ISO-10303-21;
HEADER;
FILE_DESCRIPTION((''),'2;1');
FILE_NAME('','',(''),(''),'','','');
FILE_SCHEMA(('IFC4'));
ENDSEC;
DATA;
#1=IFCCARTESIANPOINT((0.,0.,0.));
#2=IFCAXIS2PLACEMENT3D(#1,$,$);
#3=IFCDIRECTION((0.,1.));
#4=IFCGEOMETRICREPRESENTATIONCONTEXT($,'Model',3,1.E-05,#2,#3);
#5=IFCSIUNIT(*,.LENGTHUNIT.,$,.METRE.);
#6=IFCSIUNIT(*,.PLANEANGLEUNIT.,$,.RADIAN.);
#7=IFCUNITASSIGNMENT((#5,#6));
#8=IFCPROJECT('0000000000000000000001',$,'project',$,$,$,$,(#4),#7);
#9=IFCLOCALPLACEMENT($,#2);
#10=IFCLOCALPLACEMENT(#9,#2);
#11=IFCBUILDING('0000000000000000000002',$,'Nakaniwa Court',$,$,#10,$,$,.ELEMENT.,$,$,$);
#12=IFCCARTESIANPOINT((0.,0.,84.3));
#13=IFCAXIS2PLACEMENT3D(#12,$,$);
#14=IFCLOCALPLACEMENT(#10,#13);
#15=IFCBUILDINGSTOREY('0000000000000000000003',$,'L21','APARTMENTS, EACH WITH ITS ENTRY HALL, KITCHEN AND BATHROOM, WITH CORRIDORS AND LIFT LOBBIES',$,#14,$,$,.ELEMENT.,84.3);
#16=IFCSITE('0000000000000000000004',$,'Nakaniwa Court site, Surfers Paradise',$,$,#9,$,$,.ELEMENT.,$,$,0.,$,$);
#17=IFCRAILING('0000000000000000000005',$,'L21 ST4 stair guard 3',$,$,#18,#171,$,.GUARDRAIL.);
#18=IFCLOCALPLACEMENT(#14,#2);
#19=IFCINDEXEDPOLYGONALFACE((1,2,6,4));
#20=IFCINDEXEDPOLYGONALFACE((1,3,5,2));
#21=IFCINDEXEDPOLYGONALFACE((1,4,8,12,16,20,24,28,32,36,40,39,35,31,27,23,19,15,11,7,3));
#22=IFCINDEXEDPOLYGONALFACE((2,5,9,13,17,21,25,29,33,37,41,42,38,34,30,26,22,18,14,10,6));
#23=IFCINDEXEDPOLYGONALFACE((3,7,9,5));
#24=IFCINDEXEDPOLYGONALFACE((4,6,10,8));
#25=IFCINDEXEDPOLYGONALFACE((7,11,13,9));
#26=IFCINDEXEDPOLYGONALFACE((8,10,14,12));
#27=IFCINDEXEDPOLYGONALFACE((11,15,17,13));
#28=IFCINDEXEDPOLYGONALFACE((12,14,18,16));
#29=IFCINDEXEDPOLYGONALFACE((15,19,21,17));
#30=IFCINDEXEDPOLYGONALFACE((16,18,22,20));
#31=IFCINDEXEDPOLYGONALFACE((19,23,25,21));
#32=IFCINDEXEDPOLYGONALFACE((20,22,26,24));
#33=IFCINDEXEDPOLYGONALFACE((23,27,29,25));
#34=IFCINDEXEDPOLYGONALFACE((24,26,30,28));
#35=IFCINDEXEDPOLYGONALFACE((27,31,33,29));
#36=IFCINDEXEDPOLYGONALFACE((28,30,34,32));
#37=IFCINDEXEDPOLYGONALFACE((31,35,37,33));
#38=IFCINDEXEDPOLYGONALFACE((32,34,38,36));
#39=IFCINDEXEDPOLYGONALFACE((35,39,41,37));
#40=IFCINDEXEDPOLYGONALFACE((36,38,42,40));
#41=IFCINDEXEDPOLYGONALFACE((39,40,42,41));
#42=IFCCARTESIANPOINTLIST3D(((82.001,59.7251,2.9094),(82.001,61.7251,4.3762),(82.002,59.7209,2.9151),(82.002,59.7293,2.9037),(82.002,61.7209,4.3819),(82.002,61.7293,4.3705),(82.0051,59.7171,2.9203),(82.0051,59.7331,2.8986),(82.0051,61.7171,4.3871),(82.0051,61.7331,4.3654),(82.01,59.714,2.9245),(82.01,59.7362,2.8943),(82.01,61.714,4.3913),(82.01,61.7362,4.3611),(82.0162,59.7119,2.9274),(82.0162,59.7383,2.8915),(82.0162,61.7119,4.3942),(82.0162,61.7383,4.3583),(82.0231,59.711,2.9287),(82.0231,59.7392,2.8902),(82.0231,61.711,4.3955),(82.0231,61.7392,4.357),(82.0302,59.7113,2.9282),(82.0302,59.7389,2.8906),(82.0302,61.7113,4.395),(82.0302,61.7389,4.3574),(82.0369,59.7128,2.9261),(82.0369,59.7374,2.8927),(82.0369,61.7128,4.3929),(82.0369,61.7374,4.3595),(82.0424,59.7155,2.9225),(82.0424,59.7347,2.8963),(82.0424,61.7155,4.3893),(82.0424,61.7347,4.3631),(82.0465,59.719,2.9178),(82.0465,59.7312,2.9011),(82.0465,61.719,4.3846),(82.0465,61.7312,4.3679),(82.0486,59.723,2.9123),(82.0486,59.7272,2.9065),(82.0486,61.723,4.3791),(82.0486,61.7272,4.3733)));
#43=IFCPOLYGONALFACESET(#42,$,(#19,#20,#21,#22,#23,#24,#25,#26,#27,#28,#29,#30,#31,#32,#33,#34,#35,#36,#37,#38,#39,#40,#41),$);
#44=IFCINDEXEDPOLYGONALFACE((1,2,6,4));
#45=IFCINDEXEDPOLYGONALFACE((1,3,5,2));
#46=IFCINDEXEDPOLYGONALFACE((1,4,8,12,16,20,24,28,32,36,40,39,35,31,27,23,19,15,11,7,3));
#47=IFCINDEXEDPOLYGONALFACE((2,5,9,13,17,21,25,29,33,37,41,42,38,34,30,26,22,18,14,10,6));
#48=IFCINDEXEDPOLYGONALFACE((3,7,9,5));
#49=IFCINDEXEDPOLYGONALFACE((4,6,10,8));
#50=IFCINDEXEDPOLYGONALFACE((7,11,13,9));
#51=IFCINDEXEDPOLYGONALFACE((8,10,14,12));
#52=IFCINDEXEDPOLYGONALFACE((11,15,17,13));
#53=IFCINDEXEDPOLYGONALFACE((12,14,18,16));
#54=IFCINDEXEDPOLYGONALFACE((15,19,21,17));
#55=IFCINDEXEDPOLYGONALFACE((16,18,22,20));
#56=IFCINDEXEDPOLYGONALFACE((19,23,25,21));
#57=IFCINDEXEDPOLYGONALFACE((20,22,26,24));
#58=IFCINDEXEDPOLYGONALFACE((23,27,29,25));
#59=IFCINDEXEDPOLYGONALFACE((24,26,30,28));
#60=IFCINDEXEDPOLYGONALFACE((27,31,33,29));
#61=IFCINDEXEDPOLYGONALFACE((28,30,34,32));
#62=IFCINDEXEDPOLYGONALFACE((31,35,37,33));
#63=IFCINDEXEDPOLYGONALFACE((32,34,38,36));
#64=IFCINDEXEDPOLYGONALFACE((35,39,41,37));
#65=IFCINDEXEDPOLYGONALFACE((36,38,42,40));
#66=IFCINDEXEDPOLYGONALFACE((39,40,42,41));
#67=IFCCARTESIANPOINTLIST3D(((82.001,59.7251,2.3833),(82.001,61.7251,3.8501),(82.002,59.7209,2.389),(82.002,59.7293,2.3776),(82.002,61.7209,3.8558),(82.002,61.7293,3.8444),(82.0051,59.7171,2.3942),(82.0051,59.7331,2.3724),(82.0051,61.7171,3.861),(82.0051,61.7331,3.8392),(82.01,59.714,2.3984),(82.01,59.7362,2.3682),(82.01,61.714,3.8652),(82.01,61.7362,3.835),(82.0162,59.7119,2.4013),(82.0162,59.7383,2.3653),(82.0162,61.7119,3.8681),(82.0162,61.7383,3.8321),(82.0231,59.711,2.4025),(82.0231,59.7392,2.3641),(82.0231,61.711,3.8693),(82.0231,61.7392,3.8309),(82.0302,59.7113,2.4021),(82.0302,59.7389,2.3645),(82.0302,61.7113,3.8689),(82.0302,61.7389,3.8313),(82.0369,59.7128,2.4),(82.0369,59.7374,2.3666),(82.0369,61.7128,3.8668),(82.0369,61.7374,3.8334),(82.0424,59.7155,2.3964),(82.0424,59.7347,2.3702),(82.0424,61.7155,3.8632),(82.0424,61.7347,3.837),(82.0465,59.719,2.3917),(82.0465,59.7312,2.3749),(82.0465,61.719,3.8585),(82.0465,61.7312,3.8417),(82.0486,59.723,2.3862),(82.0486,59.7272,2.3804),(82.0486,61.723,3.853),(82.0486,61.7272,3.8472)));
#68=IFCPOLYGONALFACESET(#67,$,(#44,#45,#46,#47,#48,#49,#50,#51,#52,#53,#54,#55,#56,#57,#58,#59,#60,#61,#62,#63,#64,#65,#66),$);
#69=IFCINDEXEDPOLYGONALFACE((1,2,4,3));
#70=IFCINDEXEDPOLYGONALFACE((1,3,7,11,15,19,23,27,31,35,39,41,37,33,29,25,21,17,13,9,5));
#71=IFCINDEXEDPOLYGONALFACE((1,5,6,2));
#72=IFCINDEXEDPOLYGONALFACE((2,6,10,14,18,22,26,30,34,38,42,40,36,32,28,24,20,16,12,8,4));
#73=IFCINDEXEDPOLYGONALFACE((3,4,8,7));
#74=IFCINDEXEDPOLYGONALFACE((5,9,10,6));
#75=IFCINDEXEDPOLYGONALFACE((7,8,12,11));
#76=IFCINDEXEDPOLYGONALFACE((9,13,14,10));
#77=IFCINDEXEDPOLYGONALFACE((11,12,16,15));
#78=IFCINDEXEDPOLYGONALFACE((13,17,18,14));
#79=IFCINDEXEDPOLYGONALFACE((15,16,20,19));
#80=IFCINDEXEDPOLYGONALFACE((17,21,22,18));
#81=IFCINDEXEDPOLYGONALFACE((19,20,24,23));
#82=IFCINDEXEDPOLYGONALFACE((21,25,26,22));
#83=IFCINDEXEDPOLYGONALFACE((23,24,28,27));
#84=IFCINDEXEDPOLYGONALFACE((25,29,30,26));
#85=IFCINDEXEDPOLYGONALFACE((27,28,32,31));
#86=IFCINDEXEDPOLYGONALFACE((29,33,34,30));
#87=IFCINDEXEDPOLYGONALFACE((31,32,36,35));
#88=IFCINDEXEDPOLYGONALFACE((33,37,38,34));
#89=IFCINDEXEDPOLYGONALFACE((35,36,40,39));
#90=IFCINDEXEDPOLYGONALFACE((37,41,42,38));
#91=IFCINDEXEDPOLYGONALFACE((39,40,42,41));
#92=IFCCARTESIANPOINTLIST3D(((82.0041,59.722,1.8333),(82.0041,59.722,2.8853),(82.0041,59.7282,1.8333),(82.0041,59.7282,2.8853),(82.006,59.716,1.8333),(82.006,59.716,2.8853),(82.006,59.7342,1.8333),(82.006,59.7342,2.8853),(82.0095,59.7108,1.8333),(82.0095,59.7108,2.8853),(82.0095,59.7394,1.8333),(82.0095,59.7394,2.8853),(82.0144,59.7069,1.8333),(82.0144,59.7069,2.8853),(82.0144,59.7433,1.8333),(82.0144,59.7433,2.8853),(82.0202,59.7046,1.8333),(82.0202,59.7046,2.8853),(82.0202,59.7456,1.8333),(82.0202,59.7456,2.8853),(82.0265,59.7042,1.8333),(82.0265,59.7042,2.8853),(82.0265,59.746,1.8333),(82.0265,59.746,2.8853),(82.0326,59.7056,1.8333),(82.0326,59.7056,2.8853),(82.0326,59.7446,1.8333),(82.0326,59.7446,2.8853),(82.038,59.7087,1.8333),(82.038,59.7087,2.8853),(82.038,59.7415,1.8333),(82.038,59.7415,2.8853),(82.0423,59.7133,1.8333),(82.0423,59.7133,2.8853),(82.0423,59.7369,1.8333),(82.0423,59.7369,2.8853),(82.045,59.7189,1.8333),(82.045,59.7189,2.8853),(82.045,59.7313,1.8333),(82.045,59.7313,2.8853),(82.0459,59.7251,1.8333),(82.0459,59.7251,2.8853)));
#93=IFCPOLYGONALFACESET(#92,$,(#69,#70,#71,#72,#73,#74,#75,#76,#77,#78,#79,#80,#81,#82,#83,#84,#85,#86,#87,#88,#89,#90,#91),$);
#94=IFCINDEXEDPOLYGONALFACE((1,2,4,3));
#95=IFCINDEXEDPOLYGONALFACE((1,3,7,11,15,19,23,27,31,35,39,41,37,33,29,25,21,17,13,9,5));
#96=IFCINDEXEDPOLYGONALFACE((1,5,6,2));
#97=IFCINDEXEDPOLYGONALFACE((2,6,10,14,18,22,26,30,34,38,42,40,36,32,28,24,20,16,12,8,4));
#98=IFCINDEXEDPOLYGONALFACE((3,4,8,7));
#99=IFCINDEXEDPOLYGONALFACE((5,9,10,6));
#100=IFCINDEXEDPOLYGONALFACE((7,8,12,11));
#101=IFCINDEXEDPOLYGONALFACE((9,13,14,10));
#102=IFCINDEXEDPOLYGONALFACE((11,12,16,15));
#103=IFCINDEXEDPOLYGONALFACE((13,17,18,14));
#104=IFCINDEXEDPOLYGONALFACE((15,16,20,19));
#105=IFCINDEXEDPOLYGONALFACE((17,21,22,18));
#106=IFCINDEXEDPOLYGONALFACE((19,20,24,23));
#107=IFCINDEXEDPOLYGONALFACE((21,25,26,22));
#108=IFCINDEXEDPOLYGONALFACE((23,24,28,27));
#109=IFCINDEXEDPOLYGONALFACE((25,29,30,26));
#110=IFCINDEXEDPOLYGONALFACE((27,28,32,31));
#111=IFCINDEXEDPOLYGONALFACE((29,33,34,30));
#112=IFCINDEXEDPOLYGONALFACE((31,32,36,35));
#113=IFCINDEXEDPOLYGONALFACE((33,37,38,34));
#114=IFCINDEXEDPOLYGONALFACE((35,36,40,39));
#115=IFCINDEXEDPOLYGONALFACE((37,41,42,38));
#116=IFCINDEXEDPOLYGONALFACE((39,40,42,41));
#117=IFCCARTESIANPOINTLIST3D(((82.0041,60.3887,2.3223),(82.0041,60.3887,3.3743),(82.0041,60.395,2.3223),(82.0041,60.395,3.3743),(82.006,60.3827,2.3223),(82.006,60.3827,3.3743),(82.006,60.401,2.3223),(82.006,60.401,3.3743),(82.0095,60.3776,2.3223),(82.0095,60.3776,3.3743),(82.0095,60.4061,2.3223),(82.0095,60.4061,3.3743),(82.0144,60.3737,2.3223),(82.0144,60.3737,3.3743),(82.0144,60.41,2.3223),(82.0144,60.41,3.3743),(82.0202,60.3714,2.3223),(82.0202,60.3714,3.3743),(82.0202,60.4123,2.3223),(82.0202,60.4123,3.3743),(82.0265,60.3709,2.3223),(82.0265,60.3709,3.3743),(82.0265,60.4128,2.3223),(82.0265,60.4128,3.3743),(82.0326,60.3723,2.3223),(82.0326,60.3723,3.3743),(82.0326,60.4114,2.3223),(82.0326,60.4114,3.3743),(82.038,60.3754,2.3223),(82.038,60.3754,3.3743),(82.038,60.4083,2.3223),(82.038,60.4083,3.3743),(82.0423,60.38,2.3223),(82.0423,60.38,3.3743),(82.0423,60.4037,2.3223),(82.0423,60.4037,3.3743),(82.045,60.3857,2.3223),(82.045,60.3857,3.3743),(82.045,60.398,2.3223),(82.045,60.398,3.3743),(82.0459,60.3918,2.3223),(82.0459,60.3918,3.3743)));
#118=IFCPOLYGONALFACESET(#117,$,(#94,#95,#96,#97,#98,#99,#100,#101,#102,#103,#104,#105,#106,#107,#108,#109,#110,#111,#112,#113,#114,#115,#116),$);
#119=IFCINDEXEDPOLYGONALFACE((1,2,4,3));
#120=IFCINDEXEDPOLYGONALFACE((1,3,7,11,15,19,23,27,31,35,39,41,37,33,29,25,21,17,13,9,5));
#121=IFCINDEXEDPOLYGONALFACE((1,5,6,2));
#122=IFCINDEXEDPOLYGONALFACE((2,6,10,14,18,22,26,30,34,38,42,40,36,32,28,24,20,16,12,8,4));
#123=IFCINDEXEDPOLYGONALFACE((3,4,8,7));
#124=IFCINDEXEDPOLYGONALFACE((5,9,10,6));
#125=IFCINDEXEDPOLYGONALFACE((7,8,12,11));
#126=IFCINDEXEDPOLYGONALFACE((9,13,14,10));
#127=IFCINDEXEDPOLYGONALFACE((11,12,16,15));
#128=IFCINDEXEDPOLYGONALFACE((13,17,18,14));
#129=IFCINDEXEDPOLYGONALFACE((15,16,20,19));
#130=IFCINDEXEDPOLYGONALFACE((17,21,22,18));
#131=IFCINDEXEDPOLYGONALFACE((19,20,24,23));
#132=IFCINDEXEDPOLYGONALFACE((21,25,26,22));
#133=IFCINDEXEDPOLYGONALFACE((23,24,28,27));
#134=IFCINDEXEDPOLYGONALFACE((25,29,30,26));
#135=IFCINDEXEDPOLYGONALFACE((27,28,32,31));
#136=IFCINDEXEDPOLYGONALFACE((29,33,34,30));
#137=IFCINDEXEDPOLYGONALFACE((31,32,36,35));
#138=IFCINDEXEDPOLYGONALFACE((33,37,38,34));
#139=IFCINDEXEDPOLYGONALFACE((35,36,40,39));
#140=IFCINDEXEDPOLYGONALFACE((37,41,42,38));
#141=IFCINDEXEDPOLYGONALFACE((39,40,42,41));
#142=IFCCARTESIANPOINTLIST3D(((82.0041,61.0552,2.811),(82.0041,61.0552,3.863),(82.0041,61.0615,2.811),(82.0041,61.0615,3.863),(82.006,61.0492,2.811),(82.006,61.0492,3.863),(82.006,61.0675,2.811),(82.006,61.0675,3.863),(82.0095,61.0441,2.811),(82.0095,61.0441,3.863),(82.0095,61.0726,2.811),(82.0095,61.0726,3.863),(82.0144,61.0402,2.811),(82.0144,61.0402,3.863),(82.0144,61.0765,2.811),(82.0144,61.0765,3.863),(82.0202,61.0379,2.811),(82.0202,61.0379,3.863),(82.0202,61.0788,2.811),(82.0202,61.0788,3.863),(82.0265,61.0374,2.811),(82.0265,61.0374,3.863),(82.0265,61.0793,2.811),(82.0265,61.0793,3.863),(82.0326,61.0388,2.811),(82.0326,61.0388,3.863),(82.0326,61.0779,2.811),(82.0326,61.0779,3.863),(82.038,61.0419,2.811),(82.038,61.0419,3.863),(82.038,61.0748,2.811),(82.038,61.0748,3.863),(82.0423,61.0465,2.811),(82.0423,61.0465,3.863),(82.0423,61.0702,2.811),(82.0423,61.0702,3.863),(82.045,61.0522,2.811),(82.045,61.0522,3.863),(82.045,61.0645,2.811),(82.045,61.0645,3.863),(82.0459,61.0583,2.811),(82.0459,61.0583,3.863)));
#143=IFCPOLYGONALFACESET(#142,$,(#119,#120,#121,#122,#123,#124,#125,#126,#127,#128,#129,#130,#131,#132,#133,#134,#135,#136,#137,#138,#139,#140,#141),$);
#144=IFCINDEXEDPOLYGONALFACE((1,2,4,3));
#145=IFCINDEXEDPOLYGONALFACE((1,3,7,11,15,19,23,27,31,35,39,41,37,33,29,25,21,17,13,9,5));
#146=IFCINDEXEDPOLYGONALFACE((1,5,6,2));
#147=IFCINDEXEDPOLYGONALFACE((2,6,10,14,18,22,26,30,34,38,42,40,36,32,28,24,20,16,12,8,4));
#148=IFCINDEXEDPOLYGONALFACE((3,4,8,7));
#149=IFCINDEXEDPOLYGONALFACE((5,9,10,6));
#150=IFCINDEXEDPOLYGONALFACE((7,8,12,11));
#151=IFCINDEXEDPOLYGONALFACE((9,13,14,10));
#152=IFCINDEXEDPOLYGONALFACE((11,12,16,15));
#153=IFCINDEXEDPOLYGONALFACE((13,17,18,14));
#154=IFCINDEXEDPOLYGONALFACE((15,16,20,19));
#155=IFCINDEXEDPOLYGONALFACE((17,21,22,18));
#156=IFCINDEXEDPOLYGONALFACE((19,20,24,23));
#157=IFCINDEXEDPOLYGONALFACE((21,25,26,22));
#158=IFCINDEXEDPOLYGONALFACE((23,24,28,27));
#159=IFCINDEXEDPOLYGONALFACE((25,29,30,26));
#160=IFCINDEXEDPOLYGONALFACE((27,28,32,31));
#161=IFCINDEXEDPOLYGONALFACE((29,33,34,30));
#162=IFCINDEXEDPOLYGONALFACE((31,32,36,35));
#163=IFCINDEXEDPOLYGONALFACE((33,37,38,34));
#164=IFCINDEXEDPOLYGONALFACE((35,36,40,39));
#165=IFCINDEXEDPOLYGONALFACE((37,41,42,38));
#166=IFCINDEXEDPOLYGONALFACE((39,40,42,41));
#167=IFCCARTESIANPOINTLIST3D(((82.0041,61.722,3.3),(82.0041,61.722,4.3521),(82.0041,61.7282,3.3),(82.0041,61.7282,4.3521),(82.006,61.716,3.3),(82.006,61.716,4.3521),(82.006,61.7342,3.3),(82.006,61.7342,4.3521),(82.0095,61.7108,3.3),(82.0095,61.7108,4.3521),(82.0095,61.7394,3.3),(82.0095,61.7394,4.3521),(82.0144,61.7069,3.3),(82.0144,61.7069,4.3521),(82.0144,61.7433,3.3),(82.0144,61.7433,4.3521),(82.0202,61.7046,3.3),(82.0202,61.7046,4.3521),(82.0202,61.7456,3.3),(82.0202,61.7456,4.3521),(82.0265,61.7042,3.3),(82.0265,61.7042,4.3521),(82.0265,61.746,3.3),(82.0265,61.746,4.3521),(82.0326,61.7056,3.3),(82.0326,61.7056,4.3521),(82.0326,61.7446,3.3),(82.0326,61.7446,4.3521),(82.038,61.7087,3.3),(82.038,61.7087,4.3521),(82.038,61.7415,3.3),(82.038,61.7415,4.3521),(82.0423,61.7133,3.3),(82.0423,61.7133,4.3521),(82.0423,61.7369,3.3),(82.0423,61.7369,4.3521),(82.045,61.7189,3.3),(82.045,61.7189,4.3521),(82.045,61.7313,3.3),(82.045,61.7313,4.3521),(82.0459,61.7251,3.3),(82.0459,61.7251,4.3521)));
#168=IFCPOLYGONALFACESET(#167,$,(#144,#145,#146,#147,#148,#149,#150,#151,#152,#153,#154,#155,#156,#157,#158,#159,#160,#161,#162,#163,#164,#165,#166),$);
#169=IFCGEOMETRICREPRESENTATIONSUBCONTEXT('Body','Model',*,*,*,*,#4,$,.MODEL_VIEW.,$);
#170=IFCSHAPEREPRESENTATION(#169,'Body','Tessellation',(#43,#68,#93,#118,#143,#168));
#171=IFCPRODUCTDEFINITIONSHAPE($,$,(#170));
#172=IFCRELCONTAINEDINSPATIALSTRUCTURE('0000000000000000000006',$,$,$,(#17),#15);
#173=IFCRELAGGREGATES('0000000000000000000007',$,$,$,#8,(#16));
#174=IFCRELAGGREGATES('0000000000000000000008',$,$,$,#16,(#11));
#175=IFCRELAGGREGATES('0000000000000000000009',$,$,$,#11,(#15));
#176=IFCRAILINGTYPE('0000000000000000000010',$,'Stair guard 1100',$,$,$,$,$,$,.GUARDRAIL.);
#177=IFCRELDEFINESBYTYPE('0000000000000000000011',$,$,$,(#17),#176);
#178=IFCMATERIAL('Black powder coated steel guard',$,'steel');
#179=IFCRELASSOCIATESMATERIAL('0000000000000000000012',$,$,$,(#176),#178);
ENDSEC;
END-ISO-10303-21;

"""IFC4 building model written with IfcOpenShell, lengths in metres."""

from ifc_helpers import new_model, si_unit, direction, frame, origin, origin_2d, place, context, subcontext, project, spatial, circle, extrude, material, type_object, element, save


model = new_model("IFC4")

# Units and contexts
model_context = context("Model", 3, precision=1e-05, world=origin(), true_north=direction((0.0, 1.0)))
body_context = subcontext(model_context, "Body", "Model", "MODEL_VIEW")
ifc_project = project(units=[si_unit("LENGTHUNIT", "METRE"), si_unit("PLANEANGLEUNIT", "RADIAN")], contexts=[model_context])

# Site, building, storey
site_placement = place(None, origin())
site = spatial("IfcSite", under=ifc_project, at=site_placement, Name="Nakaniwa Court site, Surfers Paradise", CompositionType="ELEMENT", RefElevation=0.0)
building_placement = place(site_placement, origin())
building = spatial("IfcBuilding", under=site, at=building_placement, Name="Nakaniwa Court", CompositionType="ELEMENT")
storey_placement = place(building_placement, frame((0.0, 0.0, 84.3)))
storey = spatial("IfcBuildingStorey", under=building, at=storey_placement, Name="L21", Description="APARTMENTS, EACH WITH ITS ENTRY HALL, KITCHEN AND BATHROOM, WITH CORRIDORS AND LIFT LOBBIES", CompositionType="ELEMENT", Elevation=84.3)

# Railing
ifc_material_1 = material(Name="Black powder coated steel guard", Category="steel")
railing_type_1 = type_object("IfcRailingType", Name="Stair guard 1100", PredefinedType="GUARDRAIL", material=ifc_material_1)
railing_1_placement = place(storey_placement, frame((82.0249, 59.7251, 1.8333)))
element("IfcRailing", 1, at=railing_1_placement, inside=storey, type_object=railing_type_1, Name="L21 ST4 stair guard 3", PredefinedType="GUARDRAIL", context=body_context, shape_type="SweptSolid", body=[
    extrude(circle(Radius=0.0239, at=origin_2d()), frame((0.0, 0.0, 1.0762), z_axis=(0.0, 0.80638, 0.591398), x_axis=(-1.0, 0.0, 0.0)), (0.0, 0.0, 1.0), 2.4802),
    extrude(circle(Radius=0.0239, at=origin_2d()), frame((0.0, 0.0, 0.55), z_axis=(0.0, 0.80638, 0.591398), x_axis=(-1.0, 0.0, 0.0)), (0.0, 0.0, 1.0), 2.4802),
    extrude(circle(Radius=0.021, at=origin_2d()), origin(), (0.0, 0.0, 1.0), 1.052),
    extrude(circle(Radius=0.021, at=origin_2d()), frame((0.0, 0.6667, 0.489)), (0.0, 0.0, 1.0), 1.052),
    extrude(circle(Radius=0.021, at=origin_2d()), frame((0.0, 1.3333, 0.9778)), (0.0, 0.0, 1.0), 1.052),
    extrude(circle(Radius=0.021, at=origin_2d()), frame((0.0, 2.0, 1.4668)), (0.0, 0.0, 1.0), 1.052),
])

save(model, "model.ifc")
